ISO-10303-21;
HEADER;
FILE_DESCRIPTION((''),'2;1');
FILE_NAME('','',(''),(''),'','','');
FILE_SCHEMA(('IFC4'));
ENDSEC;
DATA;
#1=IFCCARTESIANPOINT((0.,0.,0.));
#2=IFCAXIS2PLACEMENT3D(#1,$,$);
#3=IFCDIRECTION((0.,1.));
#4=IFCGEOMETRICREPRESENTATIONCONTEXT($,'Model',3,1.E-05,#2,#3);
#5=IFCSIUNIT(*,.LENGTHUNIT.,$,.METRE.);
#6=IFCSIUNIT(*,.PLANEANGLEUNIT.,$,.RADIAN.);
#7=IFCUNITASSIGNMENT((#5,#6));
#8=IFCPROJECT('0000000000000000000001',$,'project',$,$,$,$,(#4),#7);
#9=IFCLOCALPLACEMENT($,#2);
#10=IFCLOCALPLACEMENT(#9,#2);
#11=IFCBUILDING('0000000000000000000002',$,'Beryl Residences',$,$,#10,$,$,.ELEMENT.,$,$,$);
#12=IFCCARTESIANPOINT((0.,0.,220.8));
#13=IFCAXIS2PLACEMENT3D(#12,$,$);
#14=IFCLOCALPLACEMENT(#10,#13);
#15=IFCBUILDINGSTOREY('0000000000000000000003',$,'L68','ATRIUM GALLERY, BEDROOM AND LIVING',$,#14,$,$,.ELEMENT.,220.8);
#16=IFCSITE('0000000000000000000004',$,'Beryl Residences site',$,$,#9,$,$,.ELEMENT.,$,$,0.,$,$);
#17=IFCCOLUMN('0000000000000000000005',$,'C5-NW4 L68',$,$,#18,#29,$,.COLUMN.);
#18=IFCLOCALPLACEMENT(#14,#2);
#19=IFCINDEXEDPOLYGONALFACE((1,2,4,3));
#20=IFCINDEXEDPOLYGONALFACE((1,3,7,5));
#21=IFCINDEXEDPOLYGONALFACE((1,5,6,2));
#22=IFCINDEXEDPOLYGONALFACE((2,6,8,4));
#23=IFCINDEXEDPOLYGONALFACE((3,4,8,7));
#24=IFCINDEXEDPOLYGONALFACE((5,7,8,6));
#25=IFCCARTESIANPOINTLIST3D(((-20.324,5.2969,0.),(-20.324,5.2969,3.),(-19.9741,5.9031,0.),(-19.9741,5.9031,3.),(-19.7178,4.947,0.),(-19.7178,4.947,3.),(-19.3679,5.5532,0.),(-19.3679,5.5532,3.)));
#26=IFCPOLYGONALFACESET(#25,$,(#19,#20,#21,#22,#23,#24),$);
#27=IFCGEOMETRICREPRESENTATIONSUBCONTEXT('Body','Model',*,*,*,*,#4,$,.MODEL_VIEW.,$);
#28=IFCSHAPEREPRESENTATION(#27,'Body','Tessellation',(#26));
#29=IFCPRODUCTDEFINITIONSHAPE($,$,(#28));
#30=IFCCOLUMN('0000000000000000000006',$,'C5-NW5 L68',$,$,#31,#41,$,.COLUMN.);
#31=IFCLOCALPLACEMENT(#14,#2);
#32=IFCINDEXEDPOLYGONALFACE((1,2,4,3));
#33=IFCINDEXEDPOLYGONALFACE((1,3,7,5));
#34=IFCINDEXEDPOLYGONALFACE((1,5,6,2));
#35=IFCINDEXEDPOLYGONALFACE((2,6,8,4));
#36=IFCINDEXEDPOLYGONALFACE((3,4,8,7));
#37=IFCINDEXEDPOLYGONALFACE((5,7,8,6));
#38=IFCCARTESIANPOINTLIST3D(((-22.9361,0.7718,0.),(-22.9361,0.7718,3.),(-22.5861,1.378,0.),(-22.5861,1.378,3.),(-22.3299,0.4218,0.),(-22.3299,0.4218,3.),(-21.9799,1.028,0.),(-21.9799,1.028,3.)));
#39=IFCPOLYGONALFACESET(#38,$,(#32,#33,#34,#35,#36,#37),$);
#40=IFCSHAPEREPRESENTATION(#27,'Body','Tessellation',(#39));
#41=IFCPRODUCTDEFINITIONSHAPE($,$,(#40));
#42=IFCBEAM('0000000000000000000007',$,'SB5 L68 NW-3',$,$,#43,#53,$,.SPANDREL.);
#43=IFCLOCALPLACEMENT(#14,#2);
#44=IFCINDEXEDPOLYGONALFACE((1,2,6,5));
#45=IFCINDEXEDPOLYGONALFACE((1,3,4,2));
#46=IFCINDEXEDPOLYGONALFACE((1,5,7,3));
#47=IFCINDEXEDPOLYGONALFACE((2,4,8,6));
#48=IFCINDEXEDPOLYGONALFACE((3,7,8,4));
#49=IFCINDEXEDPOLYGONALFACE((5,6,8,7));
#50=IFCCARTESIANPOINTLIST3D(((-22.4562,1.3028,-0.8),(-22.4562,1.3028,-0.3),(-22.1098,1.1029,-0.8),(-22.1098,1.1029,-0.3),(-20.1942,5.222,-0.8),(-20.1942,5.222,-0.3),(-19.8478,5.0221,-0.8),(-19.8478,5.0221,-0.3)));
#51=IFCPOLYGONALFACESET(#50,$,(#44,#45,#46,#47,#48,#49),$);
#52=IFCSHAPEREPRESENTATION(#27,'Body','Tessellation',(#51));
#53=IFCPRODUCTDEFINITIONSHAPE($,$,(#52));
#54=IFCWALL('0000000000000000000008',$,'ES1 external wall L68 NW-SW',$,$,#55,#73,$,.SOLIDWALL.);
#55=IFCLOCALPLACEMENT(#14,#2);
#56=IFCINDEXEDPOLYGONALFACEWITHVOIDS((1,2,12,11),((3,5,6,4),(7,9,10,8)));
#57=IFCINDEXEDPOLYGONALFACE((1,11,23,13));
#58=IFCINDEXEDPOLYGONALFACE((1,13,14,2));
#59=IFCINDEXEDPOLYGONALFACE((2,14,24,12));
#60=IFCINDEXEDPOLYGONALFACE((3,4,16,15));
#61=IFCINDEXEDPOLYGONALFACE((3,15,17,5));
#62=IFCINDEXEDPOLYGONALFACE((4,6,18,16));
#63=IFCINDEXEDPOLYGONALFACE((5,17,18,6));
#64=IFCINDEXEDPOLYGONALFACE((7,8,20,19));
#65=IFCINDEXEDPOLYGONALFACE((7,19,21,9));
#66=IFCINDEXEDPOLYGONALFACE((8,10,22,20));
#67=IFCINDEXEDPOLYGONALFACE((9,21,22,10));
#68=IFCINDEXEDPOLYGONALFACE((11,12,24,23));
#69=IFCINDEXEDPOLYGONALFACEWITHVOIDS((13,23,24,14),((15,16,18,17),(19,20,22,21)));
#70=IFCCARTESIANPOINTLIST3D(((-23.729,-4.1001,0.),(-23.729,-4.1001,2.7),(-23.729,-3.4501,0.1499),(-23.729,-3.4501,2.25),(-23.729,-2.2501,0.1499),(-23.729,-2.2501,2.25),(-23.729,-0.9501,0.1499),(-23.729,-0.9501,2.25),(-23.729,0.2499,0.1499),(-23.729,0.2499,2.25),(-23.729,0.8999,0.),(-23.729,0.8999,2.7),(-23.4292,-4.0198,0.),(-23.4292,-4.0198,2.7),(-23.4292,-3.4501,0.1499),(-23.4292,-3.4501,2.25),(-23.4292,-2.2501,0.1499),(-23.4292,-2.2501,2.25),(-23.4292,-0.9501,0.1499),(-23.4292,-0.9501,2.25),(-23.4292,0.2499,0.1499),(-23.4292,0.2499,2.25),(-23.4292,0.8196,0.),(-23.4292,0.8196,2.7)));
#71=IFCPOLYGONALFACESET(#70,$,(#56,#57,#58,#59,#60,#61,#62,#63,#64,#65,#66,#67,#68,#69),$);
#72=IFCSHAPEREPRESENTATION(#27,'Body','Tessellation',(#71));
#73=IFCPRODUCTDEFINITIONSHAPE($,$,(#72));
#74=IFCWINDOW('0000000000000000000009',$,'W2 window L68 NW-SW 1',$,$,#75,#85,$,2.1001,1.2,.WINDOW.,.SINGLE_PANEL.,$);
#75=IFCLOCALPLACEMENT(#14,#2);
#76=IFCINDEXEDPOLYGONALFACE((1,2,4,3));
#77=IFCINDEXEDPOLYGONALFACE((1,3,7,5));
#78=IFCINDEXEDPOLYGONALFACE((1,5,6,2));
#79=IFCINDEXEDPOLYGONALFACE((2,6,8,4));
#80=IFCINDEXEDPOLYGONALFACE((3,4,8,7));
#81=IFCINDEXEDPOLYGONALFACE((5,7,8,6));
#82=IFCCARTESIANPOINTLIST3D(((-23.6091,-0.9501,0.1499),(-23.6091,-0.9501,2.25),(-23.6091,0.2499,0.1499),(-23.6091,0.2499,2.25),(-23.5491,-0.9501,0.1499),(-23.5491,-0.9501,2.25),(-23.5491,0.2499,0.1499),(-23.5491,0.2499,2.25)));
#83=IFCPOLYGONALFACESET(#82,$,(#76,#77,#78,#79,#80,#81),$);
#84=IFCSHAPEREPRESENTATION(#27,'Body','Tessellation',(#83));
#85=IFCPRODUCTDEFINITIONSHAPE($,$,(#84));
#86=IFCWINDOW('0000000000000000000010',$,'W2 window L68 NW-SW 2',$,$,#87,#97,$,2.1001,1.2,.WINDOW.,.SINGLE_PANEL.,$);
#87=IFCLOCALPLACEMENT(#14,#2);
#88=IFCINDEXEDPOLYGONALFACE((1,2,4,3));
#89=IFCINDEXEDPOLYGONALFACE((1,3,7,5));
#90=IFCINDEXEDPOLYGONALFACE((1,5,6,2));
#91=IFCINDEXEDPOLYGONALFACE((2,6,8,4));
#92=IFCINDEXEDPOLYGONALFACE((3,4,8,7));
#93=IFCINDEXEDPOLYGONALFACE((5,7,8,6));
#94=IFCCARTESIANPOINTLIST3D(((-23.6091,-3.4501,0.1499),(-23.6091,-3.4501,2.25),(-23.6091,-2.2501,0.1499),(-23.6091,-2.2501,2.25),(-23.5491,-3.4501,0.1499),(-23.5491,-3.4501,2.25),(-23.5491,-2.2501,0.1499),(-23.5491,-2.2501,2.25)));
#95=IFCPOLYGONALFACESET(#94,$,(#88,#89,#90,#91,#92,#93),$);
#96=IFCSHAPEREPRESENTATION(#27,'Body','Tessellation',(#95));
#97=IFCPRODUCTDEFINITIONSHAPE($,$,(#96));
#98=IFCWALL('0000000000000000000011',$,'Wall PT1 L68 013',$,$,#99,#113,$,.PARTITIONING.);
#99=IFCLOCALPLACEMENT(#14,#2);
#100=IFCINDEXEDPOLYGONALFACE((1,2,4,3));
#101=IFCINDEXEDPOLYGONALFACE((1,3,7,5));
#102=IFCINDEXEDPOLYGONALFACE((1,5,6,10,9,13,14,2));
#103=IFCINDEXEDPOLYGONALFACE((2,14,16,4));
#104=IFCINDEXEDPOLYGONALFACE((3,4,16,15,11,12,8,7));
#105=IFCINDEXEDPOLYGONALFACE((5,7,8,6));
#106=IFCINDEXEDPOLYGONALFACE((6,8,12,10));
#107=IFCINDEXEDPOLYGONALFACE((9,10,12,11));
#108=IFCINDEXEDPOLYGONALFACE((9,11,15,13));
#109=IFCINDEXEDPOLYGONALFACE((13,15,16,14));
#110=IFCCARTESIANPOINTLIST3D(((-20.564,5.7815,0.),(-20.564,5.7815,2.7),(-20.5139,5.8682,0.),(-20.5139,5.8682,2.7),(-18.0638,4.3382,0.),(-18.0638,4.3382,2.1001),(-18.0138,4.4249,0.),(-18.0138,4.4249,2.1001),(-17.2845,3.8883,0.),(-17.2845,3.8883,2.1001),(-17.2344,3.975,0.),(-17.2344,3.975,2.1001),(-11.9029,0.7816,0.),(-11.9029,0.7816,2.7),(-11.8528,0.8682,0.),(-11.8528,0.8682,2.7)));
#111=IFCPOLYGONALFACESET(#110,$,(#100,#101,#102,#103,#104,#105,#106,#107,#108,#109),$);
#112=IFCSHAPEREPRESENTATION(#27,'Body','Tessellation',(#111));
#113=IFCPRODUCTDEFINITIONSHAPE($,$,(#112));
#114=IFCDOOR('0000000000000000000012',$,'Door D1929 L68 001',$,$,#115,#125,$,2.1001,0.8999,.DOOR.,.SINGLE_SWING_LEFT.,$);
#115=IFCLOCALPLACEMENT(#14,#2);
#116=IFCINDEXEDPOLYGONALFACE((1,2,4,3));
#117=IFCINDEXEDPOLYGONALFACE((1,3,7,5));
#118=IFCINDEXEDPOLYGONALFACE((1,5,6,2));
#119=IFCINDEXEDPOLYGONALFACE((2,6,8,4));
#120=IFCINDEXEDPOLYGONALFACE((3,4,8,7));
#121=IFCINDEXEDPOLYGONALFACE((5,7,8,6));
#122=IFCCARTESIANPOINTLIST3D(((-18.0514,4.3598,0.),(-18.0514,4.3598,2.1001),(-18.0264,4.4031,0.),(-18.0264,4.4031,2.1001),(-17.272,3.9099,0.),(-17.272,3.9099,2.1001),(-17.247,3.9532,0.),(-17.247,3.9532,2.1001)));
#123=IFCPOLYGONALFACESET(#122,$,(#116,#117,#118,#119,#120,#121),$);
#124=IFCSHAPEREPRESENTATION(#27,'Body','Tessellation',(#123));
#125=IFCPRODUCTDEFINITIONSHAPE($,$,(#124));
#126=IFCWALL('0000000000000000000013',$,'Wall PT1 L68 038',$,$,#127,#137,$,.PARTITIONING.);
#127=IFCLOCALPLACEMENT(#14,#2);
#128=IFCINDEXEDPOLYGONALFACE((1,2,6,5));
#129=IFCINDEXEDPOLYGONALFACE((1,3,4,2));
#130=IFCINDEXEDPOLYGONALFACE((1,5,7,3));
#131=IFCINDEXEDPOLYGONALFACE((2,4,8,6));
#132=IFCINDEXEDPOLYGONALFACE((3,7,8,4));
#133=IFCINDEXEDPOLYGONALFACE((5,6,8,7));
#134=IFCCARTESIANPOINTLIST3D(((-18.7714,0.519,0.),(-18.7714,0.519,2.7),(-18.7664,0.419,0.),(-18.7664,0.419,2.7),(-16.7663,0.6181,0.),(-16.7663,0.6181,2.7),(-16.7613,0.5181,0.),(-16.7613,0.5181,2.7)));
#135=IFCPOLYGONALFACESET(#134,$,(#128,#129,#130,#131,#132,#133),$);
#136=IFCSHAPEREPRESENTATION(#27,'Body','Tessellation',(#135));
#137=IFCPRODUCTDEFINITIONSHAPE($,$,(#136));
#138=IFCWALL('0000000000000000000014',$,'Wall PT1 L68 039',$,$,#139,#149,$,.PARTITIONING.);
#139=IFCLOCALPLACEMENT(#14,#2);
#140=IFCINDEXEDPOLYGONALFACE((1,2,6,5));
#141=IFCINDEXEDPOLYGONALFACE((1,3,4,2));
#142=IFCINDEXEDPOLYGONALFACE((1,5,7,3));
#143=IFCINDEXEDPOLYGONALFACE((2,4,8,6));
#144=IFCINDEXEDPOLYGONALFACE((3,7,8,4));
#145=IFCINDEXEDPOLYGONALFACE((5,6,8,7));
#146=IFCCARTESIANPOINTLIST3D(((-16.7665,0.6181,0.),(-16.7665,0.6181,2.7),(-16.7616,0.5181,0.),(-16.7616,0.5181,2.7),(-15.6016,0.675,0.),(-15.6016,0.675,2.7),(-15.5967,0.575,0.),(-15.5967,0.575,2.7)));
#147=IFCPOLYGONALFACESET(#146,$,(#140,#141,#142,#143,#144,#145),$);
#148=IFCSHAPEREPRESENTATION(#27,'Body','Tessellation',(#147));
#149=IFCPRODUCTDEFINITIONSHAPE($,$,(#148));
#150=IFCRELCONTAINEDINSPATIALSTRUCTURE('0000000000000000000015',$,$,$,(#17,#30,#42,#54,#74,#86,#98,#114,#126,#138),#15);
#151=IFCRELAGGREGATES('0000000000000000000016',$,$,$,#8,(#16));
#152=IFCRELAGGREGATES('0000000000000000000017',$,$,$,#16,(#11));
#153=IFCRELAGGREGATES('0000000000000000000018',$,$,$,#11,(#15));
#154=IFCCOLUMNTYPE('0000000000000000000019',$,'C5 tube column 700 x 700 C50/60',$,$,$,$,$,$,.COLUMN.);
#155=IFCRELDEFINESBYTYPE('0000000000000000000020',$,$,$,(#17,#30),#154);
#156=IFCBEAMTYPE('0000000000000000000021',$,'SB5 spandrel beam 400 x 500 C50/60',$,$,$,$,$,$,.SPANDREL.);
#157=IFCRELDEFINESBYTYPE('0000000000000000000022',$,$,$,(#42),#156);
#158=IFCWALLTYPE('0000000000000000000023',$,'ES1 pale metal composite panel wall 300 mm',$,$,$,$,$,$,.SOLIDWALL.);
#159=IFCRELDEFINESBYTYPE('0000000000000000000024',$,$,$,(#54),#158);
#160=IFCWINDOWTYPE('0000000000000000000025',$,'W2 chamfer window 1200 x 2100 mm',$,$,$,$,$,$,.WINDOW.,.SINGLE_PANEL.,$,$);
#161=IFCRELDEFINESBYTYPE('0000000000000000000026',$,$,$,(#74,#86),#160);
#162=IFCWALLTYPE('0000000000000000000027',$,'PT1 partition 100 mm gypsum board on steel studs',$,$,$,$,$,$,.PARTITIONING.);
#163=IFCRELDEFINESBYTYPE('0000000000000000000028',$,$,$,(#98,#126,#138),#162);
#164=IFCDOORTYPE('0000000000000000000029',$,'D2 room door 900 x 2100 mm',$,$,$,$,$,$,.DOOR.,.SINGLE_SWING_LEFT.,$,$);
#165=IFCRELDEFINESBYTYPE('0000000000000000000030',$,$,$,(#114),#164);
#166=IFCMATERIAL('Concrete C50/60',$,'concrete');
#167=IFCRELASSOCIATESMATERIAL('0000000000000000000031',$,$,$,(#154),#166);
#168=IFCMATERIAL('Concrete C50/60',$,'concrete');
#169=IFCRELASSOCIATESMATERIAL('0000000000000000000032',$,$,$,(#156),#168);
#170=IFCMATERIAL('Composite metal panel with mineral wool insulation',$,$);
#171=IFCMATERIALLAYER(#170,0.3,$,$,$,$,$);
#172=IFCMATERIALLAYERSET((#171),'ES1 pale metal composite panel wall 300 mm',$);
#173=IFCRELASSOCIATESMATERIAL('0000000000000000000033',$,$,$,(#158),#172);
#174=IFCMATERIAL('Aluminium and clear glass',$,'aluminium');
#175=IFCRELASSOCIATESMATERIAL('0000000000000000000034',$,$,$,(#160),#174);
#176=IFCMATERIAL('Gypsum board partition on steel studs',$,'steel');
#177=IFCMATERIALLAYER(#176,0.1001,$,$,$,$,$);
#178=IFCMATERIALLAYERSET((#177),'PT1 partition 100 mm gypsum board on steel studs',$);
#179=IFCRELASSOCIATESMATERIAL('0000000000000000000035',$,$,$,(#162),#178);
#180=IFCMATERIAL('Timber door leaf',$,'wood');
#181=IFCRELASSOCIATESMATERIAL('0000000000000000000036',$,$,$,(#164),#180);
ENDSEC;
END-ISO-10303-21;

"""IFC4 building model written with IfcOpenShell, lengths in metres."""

from ifc_helpers import new_model, si_unit, direction, frame, frame_2d, origin, origin_2d, place, context, subcontext, project, spatial, polyline, rectangle, outline, extrude, material, layer, layer_set, material_profile, profile_set, type_object, element, fill, save


model = new_model("IFC4")

# Units and contexts
model_context = context("Model", 3, precision=1e-05, world=origin(), true_north=direction((0.0, 1.0)))
body_context = subcontext(model_context, "Body", "Model", "MODEL_VIEW")
ifc_project = project(units=[si_unit("LENGTHUNIT", "METRE"), si_unit("PLANEANGLEUNIT", "RADIAN")], contexts=[model_context])

# Site, building, storey
site_placement = place(None, origin())
site = spatial("IfcSite", under=ifc_project, at=site_placement, Name="Beryl Residences site", CompositionType="ELEMENT", RefElevation=0.0)
building_placement = place(site_placement, origin())
building = spatial("IfcBuilding", under=site, at=building_placement, Name="Beryl Residences", CompositionType="ELEMENT")
storey_placement = place(building_placement, frame((0.0, 0.0, 220.8)))
storey = spatial("IfcBuildingStorey", under=building, at=storey_placement, Name="L68", Description="ATRIUM GALLERY, BEDROOM AND LIVING", CompositionType="ELEMENT", Elevation=220.8)

# Columns
ifc_material_1 = material(Name="Concrete C50/60", Category="concrete")
ifc_material_profile_1 = material_profile(ifc_material_1, rectangle(XDim=0.7, YDim=0.7, at=origin_2d()))
ifc_profile_set_1 = profile_set([ifc_material_profile_1], Name="Concrete C50/60")
column_type = type_object("IfcColumnType", Name="C5 tube column 700 x 700 C50/60", PredefinedType="COLUMN", material=ifc_profile_set_1)
for number, where, z_axis, x_axis, name in (
    (1, (-19.8459, 5.425, 0.0), (0.0, 0.0, 1.0), (-0.49997, -0.866043, 0.0), "C5-NW4 L68"),
    (2, (-22.458, 0.8999, 0.0), (0.0, 0.0, 1.0), (-0.49997, -0.866043, 0.0), "C5-NW5 L68"),
):
    element("IfcColumn", number, at=place(storey_placement, frame(where, z_axis=z_axis, x_axis=x_axis)), inside=storey, type_object=column_type, Name=name, PredefinedType="COLUMN", context=body_context, shape_type="SweptSolid", body=[
        extrude(rectangle(XDim=0.7, YDim=0.7, at=origin_2d()), origin(), (0.0, 0.0, 1.0), 3.0),
    ])

# Beam
ifc_material_2 = material(Name="Concrete C50/60", Category="concrete")
ifc_material_profile_2 = material_profile(ifc_material_2, rectangle(XDim=0.3999, YDim=0.5, at=origin_2d()))
ifc_profile_set_2 = profile_set([ifc_material_profile_2], Name="Concrete C50/60")
beam_type = type_object("IfcBeamType", Name="SB5 spandrel beam 400 x 500 C50/60", PredefinedType="SPANDREL", material=ifc_profile_set_2)
beam_placement = place(storey_placement, frame((-20.021, 5.1221, -0.55), z_axis=(-0.49987, -0.8661, 0.0), x_axis=(0.8661, -0.49987, 0.0)))
element("IfcBeam", 3, at=beam_placement, inside=storey, type_object=beam_type, Name="SB5 L68 NW-3", PredefinedType="SPANDREL", context=body_context, shape_type="SweptSolid", body=[
    extrude(rectangle(XDim=0.3999, YDim=0.5, at=origin_2d()), origin(), (0.0, 0.0, 1.0), 4.5251),
])

# Wall, openings, windows
ifc_material_3 = material(Name="Composite metal panel with mineral wool insulation")
ifc_layer_1 = layer(ifc_material_3, 0.3)
ifc_layer_set_1 = layer_set([ifc_layer_1], Name="ES1 pale metal composite panel wall 300 mm")
wall_type_1 = type_object("IfcWallType", Name="ES1 pale metal composite panel wall 300 mm", PredefinedType="SOLIDWALL", material=ifc_layer_set_1)
wall_1_placement = place(storey_placement, frame((-23.5791, 0.8999, 0.0), z_axis=(0.0, 0.0, 1.0), x_axis=(0.0, -1.0, 0.0)))
wall_1 = element("IfcWall", 4, at=wall_1_placement, inside=storey, type_object=wall_type_1, Name="ES1 external wall L68 NW-SW", PredefinedType="SOLIDWALL", context=body_context, shape_type="SweptSolid", body=[
    extrude(outline(polyline([(0.0, -0.1499), (5.0, -0.1499), (4.9197, 0.1499), (0.0803, 0.1499), (0.0, -0.1499)])), origin(), (0.0, 0.0, 1.0), 2.7),
])
opening_1_placement = place(wall_1_placement, frame((0.6499, 0.0, 0.1499)))
opening_1 = element("IfcOpeningElement", 5, at=opening_1_placement, cuts=wall_1, PredefinedType="OPENING", context=body_context, shape_type="SweptSolid", body=[
    extrude(rectangle(XDim=1.2, YDim=2.1001, at=frame_2d((0.6001, 1.05))), frame((0.0, 0.1599, 0.0), z_axis=(0.0, -1.0, 0.0), x_axis=(1.0, 0.0, 0.0)), (0.0, 0.0, 1.0), 0.3201),
])
opening_2_placement = place(wall_1_placement, frame((3.1499, 0.0, 0.1499)))
opening_2 = element("IfcOpeningElement", 6, at=opening_2_placement, cuts=wall_1, PredefinedType="OPENING", context=body_context, shape_type="SweptSolid", body=[
    extrude(rectangle(XDim=1.2, YDim=2.1001, at=frame_2d((0.6001, 1.05))), frame((0.0, 0.1599, 0.0), z_axis=(0.0, -1.0, 0.0), x_axis=(1.0, 0.0, 0.0)), (0.0, 0.0, 1.0), 0.3201),
])
ifc_material_4 = material(Name="Aluminium and clear glass", Category="aluminium")
window_type = type_object("IfcWindowType", Name="W2 chamfer window 1200 x 2100 mm", PartitioningType="SINGLE_PANEL", PredefinedType="WINDOW", material=ifc_material_4)
window_1_placement = place(opening_1_placement, origin())
window_1 = element("IfcWindow", 7, at=window_1_placement, inside=storey, type_object=window_type, Name="W2 window L68 NW-SW 1", OverallHeight=2.1001, OverallWidth=1.2, PartitioningType="SINGLE_PANEL", PredefinedType="WINDOW", context=body_context, shape_type="SweptSolid", body=[
    extrude(rectangle(XDim=1.2, YDim=2.1001, at=frame_2d((0.6001, 1.05))), frame((0.0, 0.03, 0.0), z_axis=(0.0, -1.0, 0.0), x_axis=(1.0, 0.0, 0.0)), (0.0, 0.0, 1.0), 0.0601),
])
fill(opening_1, window_1)
window_2_placement = place(opening_2_placement, origin())
window_2 = element("IfcWindow", 8, at=window_2_placement, inside=storey, type_object=window_type, Name="W2 window L68 NW-SW 2", OverallHeight=2.1001, OverallWidth=1.2, PartitioningType="SINGLE_PANEL", PredefinedType="WINDOW", context=body_context, shape_type="SweptSolid", body=[
    extrude(rectangle(XDim=1.2, YDim=2.1001, at=frame_2d((0.6001, 1.05))), frame((0.0, 0.03, 0.0), z_axis=(0.0, -1.0, 0.0), x_axis=(1.0, 0.0, 0.0)), (0.0, 0.0, 1.0), 0.0601),
])
fill(opening_2, window_2)

# Wall, opening, door
ifc_material_5 = material(Name="Gypsum board partition on steel studs", Category="steel")
ifc_layer_2 = layer(ifc_material_5, 0.1001)
ifc_layer_set_2 = layer_set([ifc_layer_2], Name="PT1 partition 100 mm gypsum board on steel studs")
wall_type_2 = type_object("IfcWallType", Name="PT1 partition 100 mm gypsum board on steel studs", PredefinedType="PARTITIONING", material=ifc_layer_set_2)
wall_2_placement = place(storey_placement, frame((-20.5391, 5.825, 0.0), z_axis=(0.0, 0.0, 1.0), x_axis=(0.866047, -0.499962, 0.0)))
wall_2 = element("IfcWall", 9, at=wall_2_placement, inside=storey, type_object=wall_type_2, Name="Wall PT1 L68 013", PredefinedType="PARTITIONING", context=body_context, shape_type="SweptSolid", body=[
    extrude(rectangle(XDim=10.0007, YDim=0.1001, at=frame_2d((5.0005, 0.0))), origin(), (0.0, 0.0, 1.0), 2.7),
])
opening_3_placement = place(wall_2_placement, frame((2.887, 0.0, 0.0)))
opening_3 = element("IfcOpeningElement", 10, at=opening_3_placement, cuts=wall_2, PredefinedType="OPENING", context=body_context, shape_type="SweptSolid", body=[
    extrude(rectangle(XDim=0.8999, YDim=2.1001, at=frame_2d((0.45, 1.05))), frame((0.0, 0.0601, 0.0), z_axis=(0.0, -1.0, 0.0), x_axis=(1.0, 0.0, 0.0)), (0.0, 0.0, 1.0), 0.1201),
])
ifc_material_6 = material(Name="Timber door leaf", Category="wood")
door_type = type_object("IfcDoorType", Name="D2 room door 900 x 2100 mm", OperationType="SINGLE_SWING_LEFT", PredefinedType="DOOR", material=ifc_material_6)
door_placement = place(opening_3_placement, origin())
door = element("IfcDoor", 11, at=door_placement, inside=storey, type_object=door_type, Name="Door D1929 L68 001", OperationType="SINGLE_SWING_LEFT", OverallHeight=2.1001, OverallWidth=0.8999, PredefinedType="DOOR", context=body_context, shape_type="SweptSolid", body=[
    extrude(rectangle(XDim=0.8999, YDim=2.1001, at=frame_2d((0.45, 1.05))), frame((0.0, 0.0249, 0.0), z_axis=(0.0, -1.0, 0.0), x_axis=(1.0, 0.0, 0.0)), (0.0, 0.0, 1.0), 0.05),
])
fill(opening_3, door)

# Walls
wall_3_placement = place(storey_placement, frame((-18.769, 0.469, 0.0), z_axis=(0.0, 0.0, 1.0), x_axis=(0.99878, 0.049374, 0.0)))
element("IfcWall", 12, at=wall_3_placement, inside=storey, type_object=wall_type_2, Name="Wall PT1 L68 038", PredefinedType="PARTITIONING", context=body_context, shape_type="SweptSolid", body=[
    extrude(rectangle(XDim=2.0076, YDim=0.1001, at=frame_2d((1.0039, 0.0))), origin(), (0.0, 0.0, 1.0), 2.7),
])
wall_4_placement = place(storey_placement, frame((-16.7639, 0.5681, 0.0), z_axis=(0.0, 0.0, 1.0), x_axis=(0.99881, 0.048779, 0.0)))
element("IfcWall", 13, at=wall_4_placement, inside=storey, type_object=wall_type_2, Name="Wall PT1 L68 039", PredefinedType="PARTITIONING", context=body_context, shape_type="SweptSolid", body=[
    extrude(rectangle(XDim=1.1663, YDim=0.1001, at=frame_2d((0.583, 0.0))), origin(), (0.0, 0.0, 1.0), 2.7),
])

save(model, "model.ifc")
